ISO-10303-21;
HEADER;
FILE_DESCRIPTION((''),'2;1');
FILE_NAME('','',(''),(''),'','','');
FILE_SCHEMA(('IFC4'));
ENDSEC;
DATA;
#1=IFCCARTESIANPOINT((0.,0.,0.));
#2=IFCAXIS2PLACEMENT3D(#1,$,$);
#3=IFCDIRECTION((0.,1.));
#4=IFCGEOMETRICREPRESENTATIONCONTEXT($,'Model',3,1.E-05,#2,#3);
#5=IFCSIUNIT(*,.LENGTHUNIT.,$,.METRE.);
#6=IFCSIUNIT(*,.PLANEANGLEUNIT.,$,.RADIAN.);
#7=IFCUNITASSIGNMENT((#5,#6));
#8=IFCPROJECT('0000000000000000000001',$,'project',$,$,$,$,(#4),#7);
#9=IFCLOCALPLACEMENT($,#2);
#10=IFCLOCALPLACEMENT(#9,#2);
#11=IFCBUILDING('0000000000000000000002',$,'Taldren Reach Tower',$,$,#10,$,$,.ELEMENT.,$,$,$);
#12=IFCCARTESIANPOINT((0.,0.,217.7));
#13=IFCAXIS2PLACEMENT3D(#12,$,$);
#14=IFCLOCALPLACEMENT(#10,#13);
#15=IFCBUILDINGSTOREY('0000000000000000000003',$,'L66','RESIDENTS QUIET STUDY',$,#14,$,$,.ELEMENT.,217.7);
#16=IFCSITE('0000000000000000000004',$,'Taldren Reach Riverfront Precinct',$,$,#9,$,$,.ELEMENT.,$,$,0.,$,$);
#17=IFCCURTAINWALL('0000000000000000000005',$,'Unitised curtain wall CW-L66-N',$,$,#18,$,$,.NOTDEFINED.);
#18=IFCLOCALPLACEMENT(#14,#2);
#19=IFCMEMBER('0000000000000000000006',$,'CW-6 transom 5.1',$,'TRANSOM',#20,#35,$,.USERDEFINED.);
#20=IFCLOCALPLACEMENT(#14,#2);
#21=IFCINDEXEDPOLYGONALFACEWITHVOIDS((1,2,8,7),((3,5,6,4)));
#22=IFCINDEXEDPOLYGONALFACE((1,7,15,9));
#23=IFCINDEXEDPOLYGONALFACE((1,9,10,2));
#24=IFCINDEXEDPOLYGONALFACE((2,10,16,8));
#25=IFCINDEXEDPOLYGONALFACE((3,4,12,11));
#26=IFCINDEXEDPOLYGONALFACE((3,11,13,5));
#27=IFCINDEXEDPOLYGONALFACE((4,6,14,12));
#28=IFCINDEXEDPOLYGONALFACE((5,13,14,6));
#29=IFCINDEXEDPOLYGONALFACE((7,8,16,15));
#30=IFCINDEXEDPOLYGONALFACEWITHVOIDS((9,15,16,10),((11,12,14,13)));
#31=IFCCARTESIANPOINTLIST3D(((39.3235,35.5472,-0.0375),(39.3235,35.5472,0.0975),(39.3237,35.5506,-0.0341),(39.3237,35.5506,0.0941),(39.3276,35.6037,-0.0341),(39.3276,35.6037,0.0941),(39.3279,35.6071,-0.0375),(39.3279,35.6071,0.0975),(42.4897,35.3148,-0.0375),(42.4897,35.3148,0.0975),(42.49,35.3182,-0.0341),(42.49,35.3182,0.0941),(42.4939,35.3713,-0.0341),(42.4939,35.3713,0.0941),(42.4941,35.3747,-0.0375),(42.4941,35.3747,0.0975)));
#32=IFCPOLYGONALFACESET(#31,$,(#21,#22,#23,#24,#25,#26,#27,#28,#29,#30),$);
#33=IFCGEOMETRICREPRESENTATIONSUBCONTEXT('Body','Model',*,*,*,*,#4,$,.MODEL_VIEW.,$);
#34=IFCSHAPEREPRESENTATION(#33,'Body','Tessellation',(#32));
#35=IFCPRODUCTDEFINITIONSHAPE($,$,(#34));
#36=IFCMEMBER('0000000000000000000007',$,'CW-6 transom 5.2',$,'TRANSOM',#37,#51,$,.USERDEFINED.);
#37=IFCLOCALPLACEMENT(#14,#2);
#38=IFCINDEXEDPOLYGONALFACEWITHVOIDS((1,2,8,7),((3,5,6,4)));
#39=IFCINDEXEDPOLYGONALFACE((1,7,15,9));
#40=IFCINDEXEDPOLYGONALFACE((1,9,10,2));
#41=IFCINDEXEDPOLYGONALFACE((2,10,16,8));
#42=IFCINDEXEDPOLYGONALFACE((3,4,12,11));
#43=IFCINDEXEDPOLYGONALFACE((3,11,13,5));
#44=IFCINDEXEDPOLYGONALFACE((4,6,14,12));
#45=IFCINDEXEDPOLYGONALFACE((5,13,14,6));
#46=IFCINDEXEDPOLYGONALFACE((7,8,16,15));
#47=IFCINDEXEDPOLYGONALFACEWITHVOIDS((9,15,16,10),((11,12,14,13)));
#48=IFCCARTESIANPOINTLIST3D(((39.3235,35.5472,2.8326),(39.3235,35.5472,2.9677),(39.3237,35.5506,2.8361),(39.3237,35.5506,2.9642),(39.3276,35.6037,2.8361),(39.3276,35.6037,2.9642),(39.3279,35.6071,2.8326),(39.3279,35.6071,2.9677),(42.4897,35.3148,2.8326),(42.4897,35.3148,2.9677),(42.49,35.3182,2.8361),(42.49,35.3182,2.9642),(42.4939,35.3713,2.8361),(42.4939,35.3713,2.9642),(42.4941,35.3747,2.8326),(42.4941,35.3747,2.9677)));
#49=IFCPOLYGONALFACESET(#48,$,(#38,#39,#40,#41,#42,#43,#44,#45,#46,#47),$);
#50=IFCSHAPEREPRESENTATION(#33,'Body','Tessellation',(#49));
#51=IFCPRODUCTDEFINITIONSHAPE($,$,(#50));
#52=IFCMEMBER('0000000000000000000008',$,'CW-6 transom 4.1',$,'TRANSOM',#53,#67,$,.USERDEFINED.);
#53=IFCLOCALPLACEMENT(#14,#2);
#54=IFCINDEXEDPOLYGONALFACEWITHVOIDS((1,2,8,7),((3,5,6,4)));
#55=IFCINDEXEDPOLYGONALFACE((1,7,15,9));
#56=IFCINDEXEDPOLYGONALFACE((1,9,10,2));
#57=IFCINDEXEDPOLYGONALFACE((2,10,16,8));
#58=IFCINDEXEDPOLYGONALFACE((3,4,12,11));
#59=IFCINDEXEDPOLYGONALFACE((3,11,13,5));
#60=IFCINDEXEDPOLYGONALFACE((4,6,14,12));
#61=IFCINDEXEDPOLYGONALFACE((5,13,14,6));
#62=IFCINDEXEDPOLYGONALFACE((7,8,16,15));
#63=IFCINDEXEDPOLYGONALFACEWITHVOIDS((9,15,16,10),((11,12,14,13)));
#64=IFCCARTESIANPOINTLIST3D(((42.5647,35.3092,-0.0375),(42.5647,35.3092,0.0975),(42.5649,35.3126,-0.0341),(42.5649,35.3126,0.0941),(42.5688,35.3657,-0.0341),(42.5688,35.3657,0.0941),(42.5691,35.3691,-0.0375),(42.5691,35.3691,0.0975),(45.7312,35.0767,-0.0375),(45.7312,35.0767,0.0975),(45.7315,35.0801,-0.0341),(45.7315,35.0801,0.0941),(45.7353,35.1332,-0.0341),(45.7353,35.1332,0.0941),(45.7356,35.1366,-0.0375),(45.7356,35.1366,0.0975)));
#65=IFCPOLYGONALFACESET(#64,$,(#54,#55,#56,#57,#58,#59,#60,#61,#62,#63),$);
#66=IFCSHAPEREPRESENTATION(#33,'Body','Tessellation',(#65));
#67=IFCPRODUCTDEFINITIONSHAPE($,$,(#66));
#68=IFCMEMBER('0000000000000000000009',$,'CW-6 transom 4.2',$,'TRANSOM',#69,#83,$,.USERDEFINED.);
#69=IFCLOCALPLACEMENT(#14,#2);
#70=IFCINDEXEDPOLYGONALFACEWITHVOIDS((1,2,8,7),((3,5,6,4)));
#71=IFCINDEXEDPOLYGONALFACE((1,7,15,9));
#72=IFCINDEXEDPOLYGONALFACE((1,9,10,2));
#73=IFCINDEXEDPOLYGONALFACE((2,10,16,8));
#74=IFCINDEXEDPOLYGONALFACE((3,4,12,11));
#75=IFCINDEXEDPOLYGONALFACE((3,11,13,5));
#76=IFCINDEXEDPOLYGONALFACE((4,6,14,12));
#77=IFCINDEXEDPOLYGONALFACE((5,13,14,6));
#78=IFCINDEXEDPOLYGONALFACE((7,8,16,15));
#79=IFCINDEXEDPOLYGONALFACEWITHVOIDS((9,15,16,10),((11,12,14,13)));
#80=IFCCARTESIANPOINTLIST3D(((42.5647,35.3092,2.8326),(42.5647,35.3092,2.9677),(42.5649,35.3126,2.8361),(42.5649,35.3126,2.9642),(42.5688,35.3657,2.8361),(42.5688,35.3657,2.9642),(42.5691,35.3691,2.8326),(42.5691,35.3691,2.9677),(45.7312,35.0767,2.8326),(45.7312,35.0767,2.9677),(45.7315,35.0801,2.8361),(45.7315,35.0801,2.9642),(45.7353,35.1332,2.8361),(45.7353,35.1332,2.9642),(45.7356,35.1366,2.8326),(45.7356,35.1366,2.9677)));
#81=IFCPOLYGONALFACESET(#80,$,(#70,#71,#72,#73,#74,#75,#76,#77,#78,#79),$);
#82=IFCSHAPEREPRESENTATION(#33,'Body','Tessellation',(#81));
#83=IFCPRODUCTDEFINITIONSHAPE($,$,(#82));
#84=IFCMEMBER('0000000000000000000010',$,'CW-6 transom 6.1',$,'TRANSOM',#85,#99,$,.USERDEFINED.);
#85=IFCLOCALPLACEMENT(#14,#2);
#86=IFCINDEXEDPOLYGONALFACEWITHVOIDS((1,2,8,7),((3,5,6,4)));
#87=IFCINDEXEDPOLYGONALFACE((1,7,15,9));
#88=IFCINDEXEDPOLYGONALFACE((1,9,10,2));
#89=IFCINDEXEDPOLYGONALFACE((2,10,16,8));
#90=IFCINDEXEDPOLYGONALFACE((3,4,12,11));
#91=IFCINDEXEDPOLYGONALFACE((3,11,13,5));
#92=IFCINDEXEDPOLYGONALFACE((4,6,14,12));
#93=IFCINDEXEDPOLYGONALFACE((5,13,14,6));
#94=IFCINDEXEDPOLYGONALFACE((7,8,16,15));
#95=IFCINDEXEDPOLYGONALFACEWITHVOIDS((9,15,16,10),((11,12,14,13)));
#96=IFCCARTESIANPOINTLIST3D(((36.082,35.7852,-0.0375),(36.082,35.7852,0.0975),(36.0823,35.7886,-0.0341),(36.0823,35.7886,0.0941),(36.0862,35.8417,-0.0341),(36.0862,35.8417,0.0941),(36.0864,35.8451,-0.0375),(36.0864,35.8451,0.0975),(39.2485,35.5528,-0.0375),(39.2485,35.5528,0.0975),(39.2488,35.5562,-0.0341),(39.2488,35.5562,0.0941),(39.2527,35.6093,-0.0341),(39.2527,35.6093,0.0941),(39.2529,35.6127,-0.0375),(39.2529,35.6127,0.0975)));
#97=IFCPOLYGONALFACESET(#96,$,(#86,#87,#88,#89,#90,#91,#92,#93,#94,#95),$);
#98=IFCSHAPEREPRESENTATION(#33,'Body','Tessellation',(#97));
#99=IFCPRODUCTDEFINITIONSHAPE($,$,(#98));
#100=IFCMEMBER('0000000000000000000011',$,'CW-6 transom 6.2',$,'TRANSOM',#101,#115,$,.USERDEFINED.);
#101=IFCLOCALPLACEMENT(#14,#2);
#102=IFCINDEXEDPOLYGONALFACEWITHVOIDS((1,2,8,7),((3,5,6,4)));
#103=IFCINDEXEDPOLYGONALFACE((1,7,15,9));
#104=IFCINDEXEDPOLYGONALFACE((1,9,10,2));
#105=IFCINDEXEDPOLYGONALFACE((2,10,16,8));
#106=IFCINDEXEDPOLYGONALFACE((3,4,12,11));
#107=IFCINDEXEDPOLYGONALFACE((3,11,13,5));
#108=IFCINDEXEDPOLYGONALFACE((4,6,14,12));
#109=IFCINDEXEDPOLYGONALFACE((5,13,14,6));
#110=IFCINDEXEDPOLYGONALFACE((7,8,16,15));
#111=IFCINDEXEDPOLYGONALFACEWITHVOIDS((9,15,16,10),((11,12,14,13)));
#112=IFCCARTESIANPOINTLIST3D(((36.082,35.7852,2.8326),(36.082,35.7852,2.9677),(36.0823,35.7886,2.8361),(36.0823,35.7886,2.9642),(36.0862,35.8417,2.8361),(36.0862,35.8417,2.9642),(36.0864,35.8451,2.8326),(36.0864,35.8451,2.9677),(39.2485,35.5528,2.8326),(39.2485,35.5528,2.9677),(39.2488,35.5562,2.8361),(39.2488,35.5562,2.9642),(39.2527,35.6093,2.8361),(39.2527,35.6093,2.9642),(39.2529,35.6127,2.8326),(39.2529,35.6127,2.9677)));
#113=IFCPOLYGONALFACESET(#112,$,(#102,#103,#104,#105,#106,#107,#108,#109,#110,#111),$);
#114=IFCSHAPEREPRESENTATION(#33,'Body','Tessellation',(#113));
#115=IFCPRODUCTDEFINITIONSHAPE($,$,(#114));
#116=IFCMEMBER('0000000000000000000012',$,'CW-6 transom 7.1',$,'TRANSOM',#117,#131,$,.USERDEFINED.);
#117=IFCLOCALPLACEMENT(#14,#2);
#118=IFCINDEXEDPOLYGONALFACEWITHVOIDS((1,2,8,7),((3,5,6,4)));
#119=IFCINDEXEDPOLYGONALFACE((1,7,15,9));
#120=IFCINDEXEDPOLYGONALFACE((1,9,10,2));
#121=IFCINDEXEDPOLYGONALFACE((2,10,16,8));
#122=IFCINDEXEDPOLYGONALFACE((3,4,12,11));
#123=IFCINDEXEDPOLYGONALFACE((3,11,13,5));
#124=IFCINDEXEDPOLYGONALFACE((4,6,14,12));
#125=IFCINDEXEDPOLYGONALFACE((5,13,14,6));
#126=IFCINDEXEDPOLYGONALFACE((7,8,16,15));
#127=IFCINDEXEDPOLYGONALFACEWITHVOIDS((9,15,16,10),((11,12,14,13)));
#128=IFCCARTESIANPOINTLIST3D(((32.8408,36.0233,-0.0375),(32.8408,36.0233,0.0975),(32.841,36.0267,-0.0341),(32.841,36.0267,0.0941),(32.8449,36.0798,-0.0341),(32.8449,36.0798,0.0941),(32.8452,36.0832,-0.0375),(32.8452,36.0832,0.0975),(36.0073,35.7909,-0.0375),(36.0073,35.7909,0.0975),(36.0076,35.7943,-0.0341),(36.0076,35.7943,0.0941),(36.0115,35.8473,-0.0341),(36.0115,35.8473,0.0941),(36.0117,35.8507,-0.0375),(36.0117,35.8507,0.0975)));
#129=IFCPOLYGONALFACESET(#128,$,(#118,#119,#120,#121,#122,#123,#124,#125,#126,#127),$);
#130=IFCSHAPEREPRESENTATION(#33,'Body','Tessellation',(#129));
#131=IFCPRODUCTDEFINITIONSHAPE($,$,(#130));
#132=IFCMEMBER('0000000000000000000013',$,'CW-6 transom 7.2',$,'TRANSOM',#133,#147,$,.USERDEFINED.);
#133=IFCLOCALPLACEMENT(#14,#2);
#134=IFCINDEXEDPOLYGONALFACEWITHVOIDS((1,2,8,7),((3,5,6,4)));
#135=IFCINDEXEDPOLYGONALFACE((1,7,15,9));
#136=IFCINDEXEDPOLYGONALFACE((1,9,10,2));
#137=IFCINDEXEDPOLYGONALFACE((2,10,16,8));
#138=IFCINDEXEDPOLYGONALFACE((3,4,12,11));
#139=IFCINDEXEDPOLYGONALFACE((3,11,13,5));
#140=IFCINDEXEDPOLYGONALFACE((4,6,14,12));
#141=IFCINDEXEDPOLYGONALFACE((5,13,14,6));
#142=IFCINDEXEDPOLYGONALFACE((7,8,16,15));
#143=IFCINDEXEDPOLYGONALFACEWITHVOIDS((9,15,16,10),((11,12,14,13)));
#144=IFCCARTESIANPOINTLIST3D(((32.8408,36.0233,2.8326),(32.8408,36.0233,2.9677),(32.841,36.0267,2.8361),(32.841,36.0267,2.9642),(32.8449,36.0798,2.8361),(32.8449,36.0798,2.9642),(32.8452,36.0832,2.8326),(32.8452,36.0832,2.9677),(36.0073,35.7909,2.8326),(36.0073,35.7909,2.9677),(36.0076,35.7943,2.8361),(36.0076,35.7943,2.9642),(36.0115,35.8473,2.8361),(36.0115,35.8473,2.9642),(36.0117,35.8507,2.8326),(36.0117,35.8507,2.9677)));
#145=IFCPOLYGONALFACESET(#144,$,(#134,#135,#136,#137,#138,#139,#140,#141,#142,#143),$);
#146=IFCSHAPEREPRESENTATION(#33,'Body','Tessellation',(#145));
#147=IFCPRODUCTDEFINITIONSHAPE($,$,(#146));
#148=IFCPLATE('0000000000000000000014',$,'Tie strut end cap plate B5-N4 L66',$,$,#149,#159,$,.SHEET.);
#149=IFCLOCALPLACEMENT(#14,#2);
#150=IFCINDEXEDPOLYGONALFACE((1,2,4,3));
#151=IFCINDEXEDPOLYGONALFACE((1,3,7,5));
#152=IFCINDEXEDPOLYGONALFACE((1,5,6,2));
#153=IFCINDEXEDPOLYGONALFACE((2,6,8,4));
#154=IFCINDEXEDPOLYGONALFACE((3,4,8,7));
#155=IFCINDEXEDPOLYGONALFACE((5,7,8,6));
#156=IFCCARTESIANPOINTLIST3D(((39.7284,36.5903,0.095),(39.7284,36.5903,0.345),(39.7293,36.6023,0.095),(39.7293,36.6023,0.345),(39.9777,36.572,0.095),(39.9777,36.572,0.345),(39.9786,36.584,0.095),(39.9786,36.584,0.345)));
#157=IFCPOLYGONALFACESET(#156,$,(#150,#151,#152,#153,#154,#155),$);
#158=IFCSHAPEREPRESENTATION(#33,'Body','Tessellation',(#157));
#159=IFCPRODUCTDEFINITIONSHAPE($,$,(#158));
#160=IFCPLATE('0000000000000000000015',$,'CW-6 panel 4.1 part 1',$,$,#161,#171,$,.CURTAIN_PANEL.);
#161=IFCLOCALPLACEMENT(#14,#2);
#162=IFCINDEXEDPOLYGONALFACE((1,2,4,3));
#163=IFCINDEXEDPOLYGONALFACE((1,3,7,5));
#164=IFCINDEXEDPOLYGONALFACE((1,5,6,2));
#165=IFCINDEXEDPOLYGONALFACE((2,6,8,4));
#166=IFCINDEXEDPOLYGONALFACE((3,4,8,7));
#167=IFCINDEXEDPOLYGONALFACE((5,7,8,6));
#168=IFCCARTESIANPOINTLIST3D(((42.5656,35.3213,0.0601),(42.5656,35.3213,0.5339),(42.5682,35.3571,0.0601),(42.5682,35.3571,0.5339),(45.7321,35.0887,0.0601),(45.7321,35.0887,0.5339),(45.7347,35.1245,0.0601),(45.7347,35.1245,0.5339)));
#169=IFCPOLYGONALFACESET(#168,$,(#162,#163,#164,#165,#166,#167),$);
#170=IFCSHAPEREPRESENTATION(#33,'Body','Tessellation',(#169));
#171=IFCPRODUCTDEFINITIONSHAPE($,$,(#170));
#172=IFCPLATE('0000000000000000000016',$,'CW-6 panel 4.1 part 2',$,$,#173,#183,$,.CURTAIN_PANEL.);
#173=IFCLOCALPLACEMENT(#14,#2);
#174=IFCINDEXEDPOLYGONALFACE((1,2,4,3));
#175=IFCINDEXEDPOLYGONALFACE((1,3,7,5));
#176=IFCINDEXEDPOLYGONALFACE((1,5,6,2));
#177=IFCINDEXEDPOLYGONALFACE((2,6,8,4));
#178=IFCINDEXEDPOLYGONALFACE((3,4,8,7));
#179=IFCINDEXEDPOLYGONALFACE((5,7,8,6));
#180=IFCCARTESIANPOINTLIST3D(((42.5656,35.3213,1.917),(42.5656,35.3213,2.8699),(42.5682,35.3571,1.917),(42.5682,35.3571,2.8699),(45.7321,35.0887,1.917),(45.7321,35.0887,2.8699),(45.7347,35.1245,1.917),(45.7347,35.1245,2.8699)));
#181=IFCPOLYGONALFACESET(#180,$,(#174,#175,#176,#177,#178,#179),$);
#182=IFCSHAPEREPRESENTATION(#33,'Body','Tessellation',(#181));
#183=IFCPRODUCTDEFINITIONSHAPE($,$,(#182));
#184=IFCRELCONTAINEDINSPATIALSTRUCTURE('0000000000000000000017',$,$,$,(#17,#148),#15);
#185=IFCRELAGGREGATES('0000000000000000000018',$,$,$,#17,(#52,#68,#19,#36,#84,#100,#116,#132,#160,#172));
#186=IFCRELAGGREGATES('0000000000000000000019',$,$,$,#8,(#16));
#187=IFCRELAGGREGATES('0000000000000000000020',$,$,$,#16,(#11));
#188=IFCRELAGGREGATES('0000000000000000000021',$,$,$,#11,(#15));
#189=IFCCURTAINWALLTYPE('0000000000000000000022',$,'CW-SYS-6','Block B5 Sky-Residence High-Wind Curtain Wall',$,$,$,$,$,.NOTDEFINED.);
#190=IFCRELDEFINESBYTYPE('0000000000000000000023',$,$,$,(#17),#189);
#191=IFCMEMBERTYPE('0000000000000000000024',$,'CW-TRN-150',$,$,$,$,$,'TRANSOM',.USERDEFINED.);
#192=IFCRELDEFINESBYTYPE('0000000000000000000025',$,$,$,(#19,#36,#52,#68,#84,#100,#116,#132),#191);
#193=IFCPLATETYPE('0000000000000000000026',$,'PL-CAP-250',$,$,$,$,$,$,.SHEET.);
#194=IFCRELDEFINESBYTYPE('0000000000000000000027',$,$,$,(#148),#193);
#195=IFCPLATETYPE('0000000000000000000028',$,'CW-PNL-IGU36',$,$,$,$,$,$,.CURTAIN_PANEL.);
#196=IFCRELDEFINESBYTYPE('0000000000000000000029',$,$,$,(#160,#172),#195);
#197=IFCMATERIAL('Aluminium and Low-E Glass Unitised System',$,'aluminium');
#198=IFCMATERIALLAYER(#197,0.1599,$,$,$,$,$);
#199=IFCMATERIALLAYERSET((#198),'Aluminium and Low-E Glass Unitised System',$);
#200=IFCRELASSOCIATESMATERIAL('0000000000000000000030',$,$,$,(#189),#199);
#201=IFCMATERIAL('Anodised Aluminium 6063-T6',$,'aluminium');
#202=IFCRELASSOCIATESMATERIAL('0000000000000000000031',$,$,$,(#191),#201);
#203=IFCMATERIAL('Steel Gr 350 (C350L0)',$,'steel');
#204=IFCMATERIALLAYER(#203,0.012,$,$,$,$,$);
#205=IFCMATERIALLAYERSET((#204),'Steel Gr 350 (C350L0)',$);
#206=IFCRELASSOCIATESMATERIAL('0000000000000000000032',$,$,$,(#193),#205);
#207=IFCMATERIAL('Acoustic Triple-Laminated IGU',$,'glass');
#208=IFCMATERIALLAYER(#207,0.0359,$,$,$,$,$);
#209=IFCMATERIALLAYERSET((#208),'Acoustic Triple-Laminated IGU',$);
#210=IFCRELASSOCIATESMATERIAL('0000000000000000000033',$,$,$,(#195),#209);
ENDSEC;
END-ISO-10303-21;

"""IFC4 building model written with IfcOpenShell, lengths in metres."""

from ifc_helpers import new_model, si_unit, direction, frame, origin, origin_2d, place, context, subcontext, project, spatial, rectangle, hollow_rectangle, extrude, source, transform, mapped, material, layer, layer_set, material_profile, profile_set, type_object, element, aggregate, save


model = new_model("IFC4")

# Units and contexts
model_context = context("Model", 3, precision=1e-05, world=origin(), true_north=direction((0.0, 1.0)))
body_context = subcontext(model_context, "Body", "Model", "MODEL_VIEW")
ifc_project = project(units=[si_unit("LENGTHUNIT", "METRE"), si_unit("PLANEANGLEUNIT", "RADIAN")], contexts=[model_context])

# Site, building, storey
site_placement = place(None, origin())
site = spatial("IfcSite", under=ifc_project, at=site_placement, Name="Taldren Reach Riverfront Precinct", CompositionType="ELEMENT", RefElevation=0.0)
building_placement = place(site_placement, origin())
building = spatial("IfcBuilding", under=site, at=building_placement, Name="Taldren Reach Tower", CompositionType="ELEMENT")
storey_placement = place(building_placement, frame((0.0, 0.0, 217.7)))
storey = spatial("IfcBuildingStorey", under=building, at=storey_placement, Name="L66", Description="RESIDENTS QUIET STUDY", CompositionType="ELEMENT", Elevation=217.7)

# Shared definitions
ifc_material_1 = material(Name="Steel Gr 350 (C350L0)", Category="steel")

# Curtain wall, members
ifc_material_2 = material(Name="Aluminium and Low-E Glass Unitised System", Category="aluminium")
ifc_layer_1 = layer(ifc_material_2, 0.1599)
ifc_layer_set_1 = layer_set([ifc_layer_1], Name="Aluminium and Low-E Glass Unitised System")
curtain_wall_type = type_object("IfcCurtainWallType", Name="CW-SYS-6", Description="Block B5 Sky-Residence High-Wind Curtain Wall", PredefinedType="NOTDEFINED", material=ifc_layer_set_1)
curtain_wall_placement = place(storey_placement, origin())
curtain_wall = element("IfcCurtainWall", 1, at=curtain_wall_placement, inside=storey, type_object=curtain_wall_type, Name="Unitised curtain wall CW-L66-N", PredefinedType="NOTDEFINED")
ifc_material_3 = material(Name="Anodised Aluminium 6063-T6", Category="aluminium")
ifc_material_profile_1 = material_profile(ifc_material_3, hollow_rectangle(XDim=0.0601, YDim=0.135, WallThickness=0.0034, at=origin_2d()), Name="ALU-135x60x3.5RHS")
ifc_profile_set_1 = profile_set([ifc_material_profile_1], Name="Anodised Aluminium 6063-T6")
member_type_1 = type_object("IfcMemberType", Name="CW-TRN-150", ElementType="TRANSOM", PredefinedType="USERDEFINED", material=ifc_profile_set_1)
shared_shape_1 = source(origin(), body_context, "Body", "SweptSolid", [
    extrude(hollow_rectangle(XDim=0.0601, YDim=0.135, WallThickness=0.0034, at=origin_2d()), origin(), (0.0, 0.0, 1.0), 3.1748),
])
member_1_placement = place(storey_placement, frame((42.4919, 35.3447, 0.03), z_axis=(-0.997317, 0.073209, 0.0), x_axis=(-0.073209, -0.997317, 0.0)))
member_1 = element("IfcMember", 2, at=member_1_placement, type_object=member_type_1, Name="CW-6 transom 5.1", ObjectType="TRANSOM", PredefinedType="USERDEFINED", context=body_context, shape_type="MappedRepresentation", body=[
    mapped(shared_shape_1, transform((0.0, 0.0, 0.0), scale=1.0)),
])
member_2_placement = place(storey_placement, frame((42.4919, 35.3447, 2.9001), z_axis=(-0.997317, 0.073209, 0.0), x_axis=(-0.073209, -0.997317, 0.0)))
member_2 = element("IfcMember", 3, at=member_2_placement, type_object=member_type_1, Name="CW-6 transom 5.2", ObjectType="TRANSOM", PredefinedType="USERDEFINED", context=body_context, shape_type="MappedRepresentation", body=[
    mapped(shared_shape_1, transform((0.0, 0.0, 0.0), scale=1.0)),
])
shared_shape_2 = source(origin(), body_context, "Body", "SweptSolid", [
    extrude(hollow_rectangle(XDim=0.0601, YDim=0.135, WallThickness=0.0034, at=origin_2d()), origin(), (0.0, 0.0, 1.0), 3.175),
])
member_3_placement = place(storey_placement, frame((45.7334, 35.1067, 0.03), z_axis=(-0.997317, 0.073203, 0.0), x_axis=(-0.073203, -0.997317, 0.0)))
member_3 = element("IfcMember", 4, at=member_3_placement, type_object=member_type_1, Name="CW-6 transom 4.1", ObjectType="TRANSOM", PredefinedType="USERDEFINED", context=body_context, shape_type="MappedRepresentation", body=[
    mapped(shared_shape_2, transform((0.0, 0.0, 0.0), scale=1.0)),
])
member_4_placement = place(storey_placement, frame((45.7334, 35.1067, 2.9001), z_axis=(-0.997317, 0.073203, 0.0), x_axis=(-0.073203, -0.997317, 0.0)))
member_4 = element("IfcMember", 5, at=member_4_placement, type_object=member_type_1, Name="CW-6 transom 4.2", ObjectType="TRANSOM", PredefinedType="USERDEFINED", context=body_context, shape_type="MappedRepresentation", body=[
    mapped(shared_shape_2, transform((0.0, 0.0, 0.0), scale=1.0)),
])
member_5_placement = place(storey_placement, frame((39.2507, 35.5828, 0.03), z_axis=(-0.997317, 0.073203, 0.0), x_axis=(-0.073203, -0.997317, 0.0)))
member_5 = element("IfcMember", 6, at=member_5_placement, type_object=member_type_1, Name="CW-6 transom 6.1", ObjectType="TRANSOM", PredefinedType="USERDEFINED", context=body_context, shape_type="MappedRepresentation", body=[
    mapped(shared_shape_2, transform((0.0, 0.0, 0.0), scale=1.0)),
])
member_6_placement = place(storey_placement, frame((39.2507, 35.5828, 2.9001), z_axis=(-0.997317, 0.073203, 0.0), x_axis=(-0.073203, -0.997317, 0.0)))
member_6 = element("IfcMember", 7, at=member_6_placement, type_object=member_type_1, Name="CW-6 transom 6.2", ObjectType="TRANSOM", PredefinedType="USERDEFINED", context=body_context, shape_type="MappedRepresentation", body=[
    mapped(shared_shape_2, transform((0.0, 0.0, 0.0), scale=1.0)),
])
member_7_placement = place(storey_placement, frame((36.0095, 35.8208, 0.03), z_axis=(-0.997317, 0.073203, 0.0), x_axis=(-0.073203, -0.997317, 0.0)))
member_7 = element("IfcMember", 8, at=member_7_placement, type_object=member_type_1, Name="CW-6 transom 7.1", ObjectType="TRANSOM", PredefinedType="USERDEFINED", context=body_context, shape_type="MappedRepresentation", body=[
    mapped(shared_shape_2, transform((0.0, 0.0, 0.0), scale=1.0)),
])
member_8_placement = place(storey_placement, frame((36.0095, 35.8208, 2.9001), z_axis=(-0.997317, 0.073203, 0.0), x_axis=(-0.073203, -0.997317, 0.0)))
member_8 = element("IfcMember", 9, at=member_8_placement, type_object=member_type_1, Name="CW-6 transom 7.2", ObjectType="TRANSOM", PredefinedType="USERDEFINED", context=body_context, shape_type="MappedRepresentation", body=[
    mapped(shared_shape_2, transform((0.0, 0.0, 0.0), scale=1.0)),
])

# Plates
ifc_layer_2 = layer(ifc_material_1, 0.012)
ifc_layer_set_2 = layer_set([ifc_layer_2], Name="Steel Gr 350 (C350L0)")
plate_type_1 = type_object("IfcPlateType", Name="PL-CAP-250", PredefinedType="SHEET", material=ifc_layer_set_2)
shared_shape_3 = source(origin(), body_context, "Body", "SweptSolid", [
    extrude(rectangle(XDim=0.25, YDim=0.012, at=origin_2d()), origin(), (0.0, 0.0, 1.0), 0.25),
])
plate_1_placement = place(storey_placement, frame((39.8535, 36.5872, 0.095), z_axis=(0.0, 0.0, 1.0), x_axis=(0.997314, -0.073238, 0.0)))
element("IfcPlate", 10, at=plate_1_placement, inside=storey, type_object=plate_type_1, Name="Tie strut end cap plate B5-N4 L66", PredefinedType="SHEET", context=body_context, shape_type="MappedRepresentation", body=[
    mapped(shared_shape_3, transform((0.0, 0.0, 0.0), scale=1.0)),
])
ifc_material_4 = material(Name="Acoustic Triple-Laminated IGU", Category="glass")
ifc_layer_3 = layer(ifc_material_4, 0.0359)
ifc_layer_set_3 = layer_set([ifc_layer_3], Name="Acoustic Triple-Laminated IGU")
plate_type_2 = type_object("IfcPlateType", Name="CW-PNL-IGU36", PredefinedType="CURTAIN_PANEL", material=ifc_layer_set_3)
shared_shape_4 = source(origin(), body_context, "Body", "SweptSolid", [
    extrude(rectangle(XDim=3.175, YDim=0.0359, at=origin_2d()), origin(), (0.0, 0.0, 1.0), 0.4739),
])
plate_2_placement = place(storey_placement, frame((44.1501, 35.2229, 0.0601), z_axis=(0.0, 0.0, 1.0), x_axis=(-0.997314, 0.073238, 0.0)))
plate_2 = element("IfcPlate", 11, at=plate_2_placement, type_object=plate_type_2, Name="CW-6 panel 4.1 part 1", PredefinedType="CURTAIN_PANEL", context=body_context, shape_type="MappedRepresentation", body=[
    mapped(shared_shape_4, transform((0.0, 0.0, 0.0), scale=1.0)),
])
shared_shape_5 = source(origin(), body_context, "Body", "SweptSolid", [
    extrude(rectangle(XDim=3.175, YDim=0.0359, at=origin_2d()), origin(), (0.0, 0.0, 1.0), 0.9529),
])
plate_3_placement = place(storey_placement, frame((44.1501, 35.2229, 1.917), z_axis=(0.0, 0.0, 1.0), x_axis=(-0.997314, 0.073238, 0.0)))
plate_3 = element("IfcPlate", 12, at=plate_3_placement, type_object=plate_type_2, Name="CW-6 panel 4.1 part 2", PredefinedType="CURTAIN_PANEL", context=body_context, shape_type="MappedRepresentation", body=[
    mapped(shared_shape_5, transform((0.0, 0.0, 0.0), scale=1.0)),
])
aggregate(curtain_wall, [member_3, member_4, member_1, member_2, member_5, member_6, member_7, member_8, plate_2, plate_3])

save(model, "model.ifc")
